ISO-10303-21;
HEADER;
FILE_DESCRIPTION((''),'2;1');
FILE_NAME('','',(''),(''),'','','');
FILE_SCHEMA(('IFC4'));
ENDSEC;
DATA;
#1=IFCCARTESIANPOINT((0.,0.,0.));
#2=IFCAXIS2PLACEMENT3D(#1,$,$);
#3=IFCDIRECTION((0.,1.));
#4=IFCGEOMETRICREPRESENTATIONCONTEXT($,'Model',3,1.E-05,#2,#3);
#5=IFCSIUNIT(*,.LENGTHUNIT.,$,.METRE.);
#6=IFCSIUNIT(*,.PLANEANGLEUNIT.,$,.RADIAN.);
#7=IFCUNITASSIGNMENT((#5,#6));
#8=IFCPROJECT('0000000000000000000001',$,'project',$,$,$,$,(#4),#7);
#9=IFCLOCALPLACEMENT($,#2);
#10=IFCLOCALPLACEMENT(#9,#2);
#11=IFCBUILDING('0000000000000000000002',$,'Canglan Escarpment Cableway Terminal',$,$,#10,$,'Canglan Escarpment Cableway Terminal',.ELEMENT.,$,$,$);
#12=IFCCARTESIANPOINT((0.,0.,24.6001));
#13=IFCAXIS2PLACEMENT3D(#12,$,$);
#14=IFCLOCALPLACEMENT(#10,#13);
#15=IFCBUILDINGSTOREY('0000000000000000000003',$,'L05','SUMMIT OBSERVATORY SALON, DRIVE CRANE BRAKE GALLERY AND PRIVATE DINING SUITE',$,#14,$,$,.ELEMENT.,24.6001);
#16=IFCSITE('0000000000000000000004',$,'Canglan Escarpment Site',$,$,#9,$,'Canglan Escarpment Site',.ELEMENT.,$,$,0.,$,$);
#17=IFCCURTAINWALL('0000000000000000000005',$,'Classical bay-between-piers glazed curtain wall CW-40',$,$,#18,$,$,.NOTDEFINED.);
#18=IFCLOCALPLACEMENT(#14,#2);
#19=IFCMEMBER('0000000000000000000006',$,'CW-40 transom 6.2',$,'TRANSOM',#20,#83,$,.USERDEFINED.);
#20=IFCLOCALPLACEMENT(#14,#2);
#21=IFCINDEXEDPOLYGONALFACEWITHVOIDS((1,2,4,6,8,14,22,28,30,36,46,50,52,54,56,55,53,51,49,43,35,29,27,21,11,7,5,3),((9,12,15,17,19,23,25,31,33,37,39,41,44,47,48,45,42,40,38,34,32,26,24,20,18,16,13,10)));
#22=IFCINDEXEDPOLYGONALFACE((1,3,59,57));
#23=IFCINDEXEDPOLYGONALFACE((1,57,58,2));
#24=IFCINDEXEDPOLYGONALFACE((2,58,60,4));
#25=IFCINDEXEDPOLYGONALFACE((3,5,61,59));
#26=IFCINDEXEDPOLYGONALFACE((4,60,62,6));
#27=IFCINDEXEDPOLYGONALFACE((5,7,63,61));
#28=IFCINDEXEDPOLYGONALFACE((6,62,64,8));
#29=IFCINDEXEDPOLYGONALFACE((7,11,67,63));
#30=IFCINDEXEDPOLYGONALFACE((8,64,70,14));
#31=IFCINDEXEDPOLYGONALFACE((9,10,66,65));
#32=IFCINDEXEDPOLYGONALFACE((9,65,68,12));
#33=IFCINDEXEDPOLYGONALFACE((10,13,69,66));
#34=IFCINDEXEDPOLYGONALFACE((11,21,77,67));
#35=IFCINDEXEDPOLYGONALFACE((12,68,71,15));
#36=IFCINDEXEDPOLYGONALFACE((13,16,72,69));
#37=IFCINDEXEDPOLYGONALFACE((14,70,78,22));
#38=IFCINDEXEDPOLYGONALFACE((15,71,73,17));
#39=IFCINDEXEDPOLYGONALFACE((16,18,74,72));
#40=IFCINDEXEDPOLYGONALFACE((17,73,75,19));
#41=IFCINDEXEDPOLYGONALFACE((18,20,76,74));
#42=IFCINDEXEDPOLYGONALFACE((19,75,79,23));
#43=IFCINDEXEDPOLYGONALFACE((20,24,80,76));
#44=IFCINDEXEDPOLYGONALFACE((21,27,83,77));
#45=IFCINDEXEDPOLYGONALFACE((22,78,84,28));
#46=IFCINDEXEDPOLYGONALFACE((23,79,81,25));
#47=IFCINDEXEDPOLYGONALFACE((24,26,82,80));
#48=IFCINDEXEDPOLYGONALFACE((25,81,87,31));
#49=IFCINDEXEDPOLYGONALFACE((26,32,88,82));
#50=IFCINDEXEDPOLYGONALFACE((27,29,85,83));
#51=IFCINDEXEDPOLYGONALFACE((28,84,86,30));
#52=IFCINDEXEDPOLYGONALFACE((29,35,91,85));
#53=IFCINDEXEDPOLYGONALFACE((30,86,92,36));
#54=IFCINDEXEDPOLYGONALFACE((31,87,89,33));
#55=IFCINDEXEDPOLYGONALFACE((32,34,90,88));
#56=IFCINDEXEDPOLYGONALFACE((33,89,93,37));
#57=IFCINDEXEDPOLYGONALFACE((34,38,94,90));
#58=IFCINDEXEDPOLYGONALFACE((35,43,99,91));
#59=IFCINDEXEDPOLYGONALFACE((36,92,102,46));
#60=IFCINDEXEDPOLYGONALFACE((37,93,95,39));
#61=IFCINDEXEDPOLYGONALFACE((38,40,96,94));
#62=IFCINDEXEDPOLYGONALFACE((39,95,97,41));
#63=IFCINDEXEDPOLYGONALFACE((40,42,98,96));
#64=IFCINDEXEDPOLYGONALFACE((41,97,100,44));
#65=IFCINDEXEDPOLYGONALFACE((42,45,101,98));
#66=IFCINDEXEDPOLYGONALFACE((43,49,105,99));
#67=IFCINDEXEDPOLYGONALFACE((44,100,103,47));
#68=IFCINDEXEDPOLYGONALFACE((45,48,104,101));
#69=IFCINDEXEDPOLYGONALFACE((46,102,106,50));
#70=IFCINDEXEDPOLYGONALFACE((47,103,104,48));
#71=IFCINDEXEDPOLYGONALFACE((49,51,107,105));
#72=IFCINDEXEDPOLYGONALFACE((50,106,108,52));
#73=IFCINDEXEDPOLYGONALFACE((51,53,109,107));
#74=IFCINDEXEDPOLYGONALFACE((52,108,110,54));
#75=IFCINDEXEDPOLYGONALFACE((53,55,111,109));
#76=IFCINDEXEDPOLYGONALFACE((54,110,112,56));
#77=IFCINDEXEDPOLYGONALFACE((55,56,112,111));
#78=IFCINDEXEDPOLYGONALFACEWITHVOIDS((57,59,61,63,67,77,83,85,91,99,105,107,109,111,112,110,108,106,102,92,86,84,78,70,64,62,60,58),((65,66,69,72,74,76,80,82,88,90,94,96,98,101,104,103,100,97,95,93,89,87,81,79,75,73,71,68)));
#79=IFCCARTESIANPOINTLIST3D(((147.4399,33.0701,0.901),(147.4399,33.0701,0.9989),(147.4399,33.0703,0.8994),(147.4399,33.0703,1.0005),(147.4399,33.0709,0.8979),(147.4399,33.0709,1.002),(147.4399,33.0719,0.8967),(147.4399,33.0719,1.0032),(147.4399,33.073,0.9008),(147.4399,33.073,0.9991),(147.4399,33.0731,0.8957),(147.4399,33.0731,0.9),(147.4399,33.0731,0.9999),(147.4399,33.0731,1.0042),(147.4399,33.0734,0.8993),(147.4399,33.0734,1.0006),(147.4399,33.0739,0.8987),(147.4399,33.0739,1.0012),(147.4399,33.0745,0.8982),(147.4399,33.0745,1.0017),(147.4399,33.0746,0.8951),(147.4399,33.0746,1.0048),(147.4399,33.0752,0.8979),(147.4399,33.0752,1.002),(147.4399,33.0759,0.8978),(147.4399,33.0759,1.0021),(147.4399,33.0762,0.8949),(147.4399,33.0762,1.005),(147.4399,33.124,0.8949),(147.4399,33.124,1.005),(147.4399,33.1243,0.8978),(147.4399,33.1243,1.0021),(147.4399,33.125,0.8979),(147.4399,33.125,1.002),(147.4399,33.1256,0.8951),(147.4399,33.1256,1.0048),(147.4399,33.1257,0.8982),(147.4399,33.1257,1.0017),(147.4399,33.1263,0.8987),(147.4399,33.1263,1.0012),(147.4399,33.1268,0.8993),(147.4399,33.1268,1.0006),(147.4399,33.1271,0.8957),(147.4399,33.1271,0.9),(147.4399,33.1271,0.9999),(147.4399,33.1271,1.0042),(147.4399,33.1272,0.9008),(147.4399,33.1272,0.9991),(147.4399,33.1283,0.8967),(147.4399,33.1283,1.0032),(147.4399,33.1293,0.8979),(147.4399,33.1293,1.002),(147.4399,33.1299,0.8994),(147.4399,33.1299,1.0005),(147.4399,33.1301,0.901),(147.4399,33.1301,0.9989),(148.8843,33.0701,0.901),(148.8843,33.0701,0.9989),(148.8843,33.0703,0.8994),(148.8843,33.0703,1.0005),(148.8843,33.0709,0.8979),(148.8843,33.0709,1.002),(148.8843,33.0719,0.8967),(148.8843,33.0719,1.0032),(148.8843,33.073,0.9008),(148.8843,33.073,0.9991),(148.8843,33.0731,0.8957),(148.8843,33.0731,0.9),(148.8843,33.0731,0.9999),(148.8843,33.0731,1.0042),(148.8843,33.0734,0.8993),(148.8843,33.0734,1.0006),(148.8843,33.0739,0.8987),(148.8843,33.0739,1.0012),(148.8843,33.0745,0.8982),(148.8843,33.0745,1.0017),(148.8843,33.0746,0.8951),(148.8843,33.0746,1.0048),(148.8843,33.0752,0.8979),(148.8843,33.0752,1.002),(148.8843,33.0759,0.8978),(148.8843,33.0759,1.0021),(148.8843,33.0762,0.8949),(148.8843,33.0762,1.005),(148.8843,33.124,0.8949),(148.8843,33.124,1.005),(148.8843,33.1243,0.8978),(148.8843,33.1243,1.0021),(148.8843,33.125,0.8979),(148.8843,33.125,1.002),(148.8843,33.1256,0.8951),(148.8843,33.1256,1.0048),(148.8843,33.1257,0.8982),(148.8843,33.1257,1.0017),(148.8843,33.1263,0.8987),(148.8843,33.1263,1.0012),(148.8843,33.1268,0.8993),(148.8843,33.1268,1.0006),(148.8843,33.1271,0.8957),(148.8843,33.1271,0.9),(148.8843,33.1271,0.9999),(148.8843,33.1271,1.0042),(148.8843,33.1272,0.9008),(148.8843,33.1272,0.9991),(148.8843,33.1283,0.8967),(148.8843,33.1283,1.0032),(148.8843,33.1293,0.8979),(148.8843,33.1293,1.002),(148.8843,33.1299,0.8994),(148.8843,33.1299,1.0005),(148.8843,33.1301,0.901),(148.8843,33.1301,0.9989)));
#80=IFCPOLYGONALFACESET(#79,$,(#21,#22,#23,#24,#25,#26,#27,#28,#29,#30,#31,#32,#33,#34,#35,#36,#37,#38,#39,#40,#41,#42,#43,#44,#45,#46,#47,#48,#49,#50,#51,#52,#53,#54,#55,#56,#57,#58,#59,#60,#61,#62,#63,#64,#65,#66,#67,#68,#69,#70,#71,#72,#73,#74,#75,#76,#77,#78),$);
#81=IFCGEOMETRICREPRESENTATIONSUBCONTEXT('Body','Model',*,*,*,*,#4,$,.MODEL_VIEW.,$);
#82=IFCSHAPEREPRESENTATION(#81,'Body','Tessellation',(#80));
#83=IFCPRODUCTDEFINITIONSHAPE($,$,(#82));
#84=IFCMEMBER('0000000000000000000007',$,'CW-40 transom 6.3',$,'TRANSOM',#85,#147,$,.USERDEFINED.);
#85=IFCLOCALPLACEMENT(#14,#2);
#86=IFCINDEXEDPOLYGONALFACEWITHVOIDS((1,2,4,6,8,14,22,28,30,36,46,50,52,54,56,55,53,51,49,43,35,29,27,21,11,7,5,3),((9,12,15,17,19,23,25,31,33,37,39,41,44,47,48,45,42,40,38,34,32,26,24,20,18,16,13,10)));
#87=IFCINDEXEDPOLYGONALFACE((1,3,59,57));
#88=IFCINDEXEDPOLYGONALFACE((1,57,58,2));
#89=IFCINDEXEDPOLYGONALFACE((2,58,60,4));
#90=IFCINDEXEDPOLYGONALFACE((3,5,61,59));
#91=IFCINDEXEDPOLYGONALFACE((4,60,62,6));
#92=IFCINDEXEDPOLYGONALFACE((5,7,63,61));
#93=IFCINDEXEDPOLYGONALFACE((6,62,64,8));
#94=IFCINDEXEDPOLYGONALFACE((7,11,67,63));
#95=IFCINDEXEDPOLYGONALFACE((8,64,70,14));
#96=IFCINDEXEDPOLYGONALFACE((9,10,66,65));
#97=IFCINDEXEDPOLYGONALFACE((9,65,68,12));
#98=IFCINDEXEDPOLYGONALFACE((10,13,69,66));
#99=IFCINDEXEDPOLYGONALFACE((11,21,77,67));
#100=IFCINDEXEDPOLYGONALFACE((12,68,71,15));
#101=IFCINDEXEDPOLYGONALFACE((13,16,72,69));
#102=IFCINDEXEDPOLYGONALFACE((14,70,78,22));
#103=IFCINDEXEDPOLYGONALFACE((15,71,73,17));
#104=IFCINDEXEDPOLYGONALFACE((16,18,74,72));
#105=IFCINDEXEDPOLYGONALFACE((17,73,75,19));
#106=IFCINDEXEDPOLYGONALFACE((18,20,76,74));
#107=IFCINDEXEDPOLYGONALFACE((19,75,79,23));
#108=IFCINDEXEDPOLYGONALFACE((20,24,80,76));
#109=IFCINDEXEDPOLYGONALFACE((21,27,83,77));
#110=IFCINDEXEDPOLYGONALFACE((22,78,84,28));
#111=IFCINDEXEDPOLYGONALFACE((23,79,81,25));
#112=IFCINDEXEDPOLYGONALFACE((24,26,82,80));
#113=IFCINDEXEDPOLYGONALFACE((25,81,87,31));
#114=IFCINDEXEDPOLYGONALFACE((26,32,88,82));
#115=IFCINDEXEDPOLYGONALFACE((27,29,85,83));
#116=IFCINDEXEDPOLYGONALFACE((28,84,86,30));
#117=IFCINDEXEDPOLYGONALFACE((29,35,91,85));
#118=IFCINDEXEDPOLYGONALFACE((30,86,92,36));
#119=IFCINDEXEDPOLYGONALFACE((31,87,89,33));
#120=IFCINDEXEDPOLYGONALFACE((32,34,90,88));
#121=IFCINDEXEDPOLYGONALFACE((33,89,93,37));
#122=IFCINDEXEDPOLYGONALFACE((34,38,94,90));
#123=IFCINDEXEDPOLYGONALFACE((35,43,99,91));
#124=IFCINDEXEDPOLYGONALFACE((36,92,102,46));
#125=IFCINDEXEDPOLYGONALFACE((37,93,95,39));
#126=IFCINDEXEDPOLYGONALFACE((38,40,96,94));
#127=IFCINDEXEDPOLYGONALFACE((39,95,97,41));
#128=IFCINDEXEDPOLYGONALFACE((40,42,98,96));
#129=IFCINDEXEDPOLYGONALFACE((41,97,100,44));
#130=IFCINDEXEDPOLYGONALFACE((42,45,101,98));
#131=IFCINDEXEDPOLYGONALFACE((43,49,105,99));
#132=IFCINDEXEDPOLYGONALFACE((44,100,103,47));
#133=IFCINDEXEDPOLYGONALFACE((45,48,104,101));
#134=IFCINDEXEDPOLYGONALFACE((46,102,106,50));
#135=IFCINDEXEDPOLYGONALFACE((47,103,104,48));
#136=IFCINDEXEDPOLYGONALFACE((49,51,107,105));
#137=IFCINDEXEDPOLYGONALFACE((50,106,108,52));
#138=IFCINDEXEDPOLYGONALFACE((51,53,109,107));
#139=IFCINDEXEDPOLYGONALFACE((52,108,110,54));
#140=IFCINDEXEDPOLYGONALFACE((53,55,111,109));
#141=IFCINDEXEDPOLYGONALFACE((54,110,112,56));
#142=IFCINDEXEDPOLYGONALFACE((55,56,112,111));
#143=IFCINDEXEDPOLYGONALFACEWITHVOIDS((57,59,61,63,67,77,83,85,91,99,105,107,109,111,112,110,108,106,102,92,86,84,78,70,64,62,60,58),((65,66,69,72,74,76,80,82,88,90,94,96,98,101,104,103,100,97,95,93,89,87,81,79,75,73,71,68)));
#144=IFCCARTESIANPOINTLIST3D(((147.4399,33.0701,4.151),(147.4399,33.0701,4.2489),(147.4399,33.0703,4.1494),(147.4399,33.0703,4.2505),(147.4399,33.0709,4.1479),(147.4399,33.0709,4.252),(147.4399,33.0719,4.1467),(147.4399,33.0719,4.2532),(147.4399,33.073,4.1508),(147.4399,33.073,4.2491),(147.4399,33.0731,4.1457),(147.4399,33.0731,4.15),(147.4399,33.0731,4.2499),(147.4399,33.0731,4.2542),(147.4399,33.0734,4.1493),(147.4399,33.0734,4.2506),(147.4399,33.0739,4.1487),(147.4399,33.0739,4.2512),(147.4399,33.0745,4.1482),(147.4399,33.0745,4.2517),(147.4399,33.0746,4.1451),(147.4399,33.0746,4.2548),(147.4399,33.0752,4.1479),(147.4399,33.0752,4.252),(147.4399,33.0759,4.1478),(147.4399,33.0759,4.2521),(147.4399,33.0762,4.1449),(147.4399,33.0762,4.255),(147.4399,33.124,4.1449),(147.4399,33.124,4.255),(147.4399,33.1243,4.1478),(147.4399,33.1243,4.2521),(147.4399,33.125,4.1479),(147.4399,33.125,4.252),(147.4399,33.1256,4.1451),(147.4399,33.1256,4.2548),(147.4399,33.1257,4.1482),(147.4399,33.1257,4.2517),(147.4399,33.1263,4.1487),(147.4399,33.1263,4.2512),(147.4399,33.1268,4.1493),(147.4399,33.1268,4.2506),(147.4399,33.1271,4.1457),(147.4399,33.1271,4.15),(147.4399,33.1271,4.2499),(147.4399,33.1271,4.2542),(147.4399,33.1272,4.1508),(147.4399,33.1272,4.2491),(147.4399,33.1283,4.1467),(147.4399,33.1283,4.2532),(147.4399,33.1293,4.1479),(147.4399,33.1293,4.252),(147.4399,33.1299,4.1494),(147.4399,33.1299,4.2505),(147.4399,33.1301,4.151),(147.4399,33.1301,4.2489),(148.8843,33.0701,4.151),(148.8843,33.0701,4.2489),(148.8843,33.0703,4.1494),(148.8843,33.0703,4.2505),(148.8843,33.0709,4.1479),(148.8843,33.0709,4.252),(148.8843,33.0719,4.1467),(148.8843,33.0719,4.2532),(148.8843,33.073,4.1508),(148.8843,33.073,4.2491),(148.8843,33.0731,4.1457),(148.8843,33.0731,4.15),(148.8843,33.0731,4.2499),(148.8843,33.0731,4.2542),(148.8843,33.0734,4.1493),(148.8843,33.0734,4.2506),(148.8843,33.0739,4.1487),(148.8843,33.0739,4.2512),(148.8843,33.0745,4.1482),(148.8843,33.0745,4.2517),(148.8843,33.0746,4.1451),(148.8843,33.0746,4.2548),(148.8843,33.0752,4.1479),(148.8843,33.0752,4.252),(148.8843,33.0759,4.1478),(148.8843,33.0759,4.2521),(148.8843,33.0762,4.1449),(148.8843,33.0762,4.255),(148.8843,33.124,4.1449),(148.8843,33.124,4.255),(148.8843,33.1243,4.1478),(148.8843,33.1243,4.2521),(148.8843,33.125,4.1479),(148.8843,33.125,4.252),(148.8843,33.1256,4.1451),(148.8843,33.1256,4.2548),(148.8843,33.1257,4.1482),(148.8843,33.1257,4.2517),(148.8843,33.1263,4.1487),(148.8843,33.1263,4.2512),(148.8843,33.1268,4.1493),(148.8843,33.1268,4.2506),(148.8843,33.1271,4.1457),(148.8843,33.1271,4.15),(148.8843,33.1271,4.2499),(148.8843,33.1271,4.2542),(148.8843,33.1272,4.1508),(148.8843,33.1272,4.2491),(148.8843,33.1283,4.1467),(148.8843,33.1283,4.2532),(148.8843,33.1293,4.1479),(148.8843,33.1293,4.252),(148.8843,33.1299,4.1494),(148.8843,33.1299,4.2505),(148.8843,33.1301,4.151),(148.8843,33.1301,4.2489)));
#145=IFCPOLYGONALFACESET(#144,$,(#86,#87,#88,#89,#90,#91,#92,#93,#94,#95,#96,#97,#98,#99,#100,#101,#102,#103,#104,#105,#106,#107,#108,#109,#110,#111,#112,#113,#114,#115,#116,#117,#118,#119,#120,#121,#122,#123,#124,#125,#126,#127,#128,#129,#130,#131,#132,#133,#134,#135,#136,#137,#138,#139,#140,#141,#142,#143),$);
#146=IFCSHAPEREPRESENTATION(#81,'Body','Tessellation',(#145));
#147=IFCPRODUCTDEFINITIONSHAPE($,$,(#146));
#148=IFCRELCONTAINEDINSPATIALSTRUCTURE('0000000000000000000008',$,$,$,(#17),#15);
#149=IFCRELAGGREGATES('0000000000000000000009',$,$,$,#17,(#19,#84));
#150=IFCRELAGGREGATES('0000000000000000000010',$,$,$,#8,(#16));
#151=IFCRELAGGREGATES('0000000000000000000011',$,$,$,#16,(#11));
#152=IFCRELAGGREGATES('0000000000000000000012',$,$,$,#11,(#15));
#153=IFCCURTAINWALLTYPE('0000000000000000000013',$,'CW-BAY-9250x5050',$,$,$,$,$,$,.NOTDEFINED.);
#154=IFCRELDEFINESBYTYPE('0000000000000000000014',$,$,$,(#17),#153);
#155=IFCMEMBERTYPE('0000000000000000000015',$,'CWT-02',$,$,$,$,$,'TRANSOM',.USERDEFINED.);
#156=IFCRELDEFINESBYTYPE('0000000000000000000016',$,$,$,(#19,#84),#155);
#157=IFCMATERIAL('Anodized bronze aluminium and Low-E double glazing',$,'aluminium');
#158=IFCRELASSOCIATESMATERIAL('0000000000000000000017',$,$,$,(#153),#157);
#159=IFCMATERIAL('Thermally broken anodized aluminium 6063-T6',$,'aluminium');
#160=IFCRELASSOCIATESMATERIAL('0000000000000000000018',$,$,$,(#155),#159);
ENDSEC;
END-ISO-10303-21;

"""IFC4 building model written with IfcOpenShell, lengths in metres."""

from ifc_helpers import new_model, si_unit, direction, frame, origin, origin_2d, place, context, subcontext, project, spatial, hollow_rectangle, extrude, material, material_profile, profile_set, type_object, element, aggregate, save


model = new_model("IFC4")

# Units and contexts
model_context = context("Model", 3, precision=1e-05, world=origin(), true_north=direction((0.0, 1.0)))
body_context = subcontext(model_context, "Body", "Model", "MODEL_VIEW")
ifc_project = project(units=[si_unit("LENGTHUNIT", "METRE"), si_unit("PLANEANGLEUNIT", "RADIAN")], contexts=[model_context])

# Site, building, storey
site_placement = place(None, origin())
site = spatial("IfcSite", under=ifc_project, at=site_placement, Name="Canglan Escarpment Site", LongName="Canglan Escarpment Site", CompositionType="ELEMENT", RefElevation=0.0)
building_placement = place(site_placement, origin())
building = spatial("IfcBuilding", under=site, at=building_placement, Name="Canglan Escarpment Cableway Terminal", LongName="Canglan Escarpment Cableway Terminal", CompositionType="ELEMENT")
storey_placement = place(building_placement, frame((0.0, 0.0, 24.6001)))
storey = spatial("IfcBuildingStorey", under=building, at=storey_placement, Name="L05", Description="SUMMIT OBSERVATORY SALON, DRIVE CRANE BRAKE GALLERY AND PRIVATE DINING SUITE", CompositionType="ELEMENT", Elevation=24.6001)

# Shared definitions
ifc_material_1 = material(Name="Anodized bronze aluminium and Low-E double glazing", Category="aluminium")
ifc_material_2 = material(Name="Thermally broken anodized aluminium 6063-T6", Category="aluminium")

# Curtain wall
curtain_wall_type_1 = type_object("IfcCurtainWallType", Name="CW-BAY-9250x5050", PredefinedType="NOTDEFINED", material=ifc_material_1)
curtain_wall_1_placement = place(storey_placement, origin())
curtain_wall_1 = element("IfcCurtainWall", 1, at=curtain_wall_1_placement, inside=storey, type_object=curtain_wall_type_1, Name="Classical bay-between-piers glazed curtain wall CW-40", PredefinedType="NOTDEFINED")

# Members
ifc_material_profile_1 = material_profile(ifc_material_2, hollow_rectangle(XDim=0.0601, YDim=0.1101, WallThickness=0.0029, InnerFilletRadius=0.0029, OuterFilletRadius=0.0061, at=origin_2d()), Name="ALU-TRAN 60x110x3")
ifc_profile_set_1 = profile_set([ifc_material_profile_1], Name="Thermally broken anodized aluminium 6063-T6")
member_type_1 = type_object("IfcMemberType", Name="CWT-02", ElementType="TRANSOM", PredefinedType="USERDEFINED", material=ifc_profile_set_1)
member_1_placement = place(storey_placement, frame((148.8843, 33.1001, 0.95), z_axis=(-1.0, 0.0, 0.0), x_axis=(0.0, -1.0, 0.0)))
member_1 = element("IfcMember", 2, at=member_1_placement, type_object=member_type_1, Name="CW-40 transom 6.2", ObjectType="TRANSOM", PredefinedType="USERDEFINED", context=body_context, shape_type="SweptSolid", body=[
    extrude(hollow_rectangle(XDim=0.0601, YDim=0.1101, WallThickness=0.0029, InnerFilletRadius=0.0029, OuterFilletRadius=0.0061, at=origin_2d()), origin(), (0.0, 0.0, 1.0), 1.4443),
])
member_2_placement = place(storey_placement, frame((148.8843, 33.1001, 4.2), z_axis=(-1.0, 0.0, 0.0), x_axis=(0.0, -1.0, 0.0)))
member_2 = element("IfcMember", 3, at=member_2_placement, type_object=member_type_1, Name="CW-40 transom 6.3", ObjectType="TRANSOM", PredefinedType="USERDEFINED", context=body_context, shape_type="SweptSolid", body=[
    extrude(hollow_rectangle(XDim=0.0601, YDim=0.1101, WallThickness=0.0029, InnerFilletRadius=0.0029, OuterFilletRadius=0.0061, at=origin_2d()), origin(), (0.0, 0.0, 1.0), 1.4443),
])

aggregate(curtain_wall_1, [member_1, member_2])

save(model, "model.ifc")
